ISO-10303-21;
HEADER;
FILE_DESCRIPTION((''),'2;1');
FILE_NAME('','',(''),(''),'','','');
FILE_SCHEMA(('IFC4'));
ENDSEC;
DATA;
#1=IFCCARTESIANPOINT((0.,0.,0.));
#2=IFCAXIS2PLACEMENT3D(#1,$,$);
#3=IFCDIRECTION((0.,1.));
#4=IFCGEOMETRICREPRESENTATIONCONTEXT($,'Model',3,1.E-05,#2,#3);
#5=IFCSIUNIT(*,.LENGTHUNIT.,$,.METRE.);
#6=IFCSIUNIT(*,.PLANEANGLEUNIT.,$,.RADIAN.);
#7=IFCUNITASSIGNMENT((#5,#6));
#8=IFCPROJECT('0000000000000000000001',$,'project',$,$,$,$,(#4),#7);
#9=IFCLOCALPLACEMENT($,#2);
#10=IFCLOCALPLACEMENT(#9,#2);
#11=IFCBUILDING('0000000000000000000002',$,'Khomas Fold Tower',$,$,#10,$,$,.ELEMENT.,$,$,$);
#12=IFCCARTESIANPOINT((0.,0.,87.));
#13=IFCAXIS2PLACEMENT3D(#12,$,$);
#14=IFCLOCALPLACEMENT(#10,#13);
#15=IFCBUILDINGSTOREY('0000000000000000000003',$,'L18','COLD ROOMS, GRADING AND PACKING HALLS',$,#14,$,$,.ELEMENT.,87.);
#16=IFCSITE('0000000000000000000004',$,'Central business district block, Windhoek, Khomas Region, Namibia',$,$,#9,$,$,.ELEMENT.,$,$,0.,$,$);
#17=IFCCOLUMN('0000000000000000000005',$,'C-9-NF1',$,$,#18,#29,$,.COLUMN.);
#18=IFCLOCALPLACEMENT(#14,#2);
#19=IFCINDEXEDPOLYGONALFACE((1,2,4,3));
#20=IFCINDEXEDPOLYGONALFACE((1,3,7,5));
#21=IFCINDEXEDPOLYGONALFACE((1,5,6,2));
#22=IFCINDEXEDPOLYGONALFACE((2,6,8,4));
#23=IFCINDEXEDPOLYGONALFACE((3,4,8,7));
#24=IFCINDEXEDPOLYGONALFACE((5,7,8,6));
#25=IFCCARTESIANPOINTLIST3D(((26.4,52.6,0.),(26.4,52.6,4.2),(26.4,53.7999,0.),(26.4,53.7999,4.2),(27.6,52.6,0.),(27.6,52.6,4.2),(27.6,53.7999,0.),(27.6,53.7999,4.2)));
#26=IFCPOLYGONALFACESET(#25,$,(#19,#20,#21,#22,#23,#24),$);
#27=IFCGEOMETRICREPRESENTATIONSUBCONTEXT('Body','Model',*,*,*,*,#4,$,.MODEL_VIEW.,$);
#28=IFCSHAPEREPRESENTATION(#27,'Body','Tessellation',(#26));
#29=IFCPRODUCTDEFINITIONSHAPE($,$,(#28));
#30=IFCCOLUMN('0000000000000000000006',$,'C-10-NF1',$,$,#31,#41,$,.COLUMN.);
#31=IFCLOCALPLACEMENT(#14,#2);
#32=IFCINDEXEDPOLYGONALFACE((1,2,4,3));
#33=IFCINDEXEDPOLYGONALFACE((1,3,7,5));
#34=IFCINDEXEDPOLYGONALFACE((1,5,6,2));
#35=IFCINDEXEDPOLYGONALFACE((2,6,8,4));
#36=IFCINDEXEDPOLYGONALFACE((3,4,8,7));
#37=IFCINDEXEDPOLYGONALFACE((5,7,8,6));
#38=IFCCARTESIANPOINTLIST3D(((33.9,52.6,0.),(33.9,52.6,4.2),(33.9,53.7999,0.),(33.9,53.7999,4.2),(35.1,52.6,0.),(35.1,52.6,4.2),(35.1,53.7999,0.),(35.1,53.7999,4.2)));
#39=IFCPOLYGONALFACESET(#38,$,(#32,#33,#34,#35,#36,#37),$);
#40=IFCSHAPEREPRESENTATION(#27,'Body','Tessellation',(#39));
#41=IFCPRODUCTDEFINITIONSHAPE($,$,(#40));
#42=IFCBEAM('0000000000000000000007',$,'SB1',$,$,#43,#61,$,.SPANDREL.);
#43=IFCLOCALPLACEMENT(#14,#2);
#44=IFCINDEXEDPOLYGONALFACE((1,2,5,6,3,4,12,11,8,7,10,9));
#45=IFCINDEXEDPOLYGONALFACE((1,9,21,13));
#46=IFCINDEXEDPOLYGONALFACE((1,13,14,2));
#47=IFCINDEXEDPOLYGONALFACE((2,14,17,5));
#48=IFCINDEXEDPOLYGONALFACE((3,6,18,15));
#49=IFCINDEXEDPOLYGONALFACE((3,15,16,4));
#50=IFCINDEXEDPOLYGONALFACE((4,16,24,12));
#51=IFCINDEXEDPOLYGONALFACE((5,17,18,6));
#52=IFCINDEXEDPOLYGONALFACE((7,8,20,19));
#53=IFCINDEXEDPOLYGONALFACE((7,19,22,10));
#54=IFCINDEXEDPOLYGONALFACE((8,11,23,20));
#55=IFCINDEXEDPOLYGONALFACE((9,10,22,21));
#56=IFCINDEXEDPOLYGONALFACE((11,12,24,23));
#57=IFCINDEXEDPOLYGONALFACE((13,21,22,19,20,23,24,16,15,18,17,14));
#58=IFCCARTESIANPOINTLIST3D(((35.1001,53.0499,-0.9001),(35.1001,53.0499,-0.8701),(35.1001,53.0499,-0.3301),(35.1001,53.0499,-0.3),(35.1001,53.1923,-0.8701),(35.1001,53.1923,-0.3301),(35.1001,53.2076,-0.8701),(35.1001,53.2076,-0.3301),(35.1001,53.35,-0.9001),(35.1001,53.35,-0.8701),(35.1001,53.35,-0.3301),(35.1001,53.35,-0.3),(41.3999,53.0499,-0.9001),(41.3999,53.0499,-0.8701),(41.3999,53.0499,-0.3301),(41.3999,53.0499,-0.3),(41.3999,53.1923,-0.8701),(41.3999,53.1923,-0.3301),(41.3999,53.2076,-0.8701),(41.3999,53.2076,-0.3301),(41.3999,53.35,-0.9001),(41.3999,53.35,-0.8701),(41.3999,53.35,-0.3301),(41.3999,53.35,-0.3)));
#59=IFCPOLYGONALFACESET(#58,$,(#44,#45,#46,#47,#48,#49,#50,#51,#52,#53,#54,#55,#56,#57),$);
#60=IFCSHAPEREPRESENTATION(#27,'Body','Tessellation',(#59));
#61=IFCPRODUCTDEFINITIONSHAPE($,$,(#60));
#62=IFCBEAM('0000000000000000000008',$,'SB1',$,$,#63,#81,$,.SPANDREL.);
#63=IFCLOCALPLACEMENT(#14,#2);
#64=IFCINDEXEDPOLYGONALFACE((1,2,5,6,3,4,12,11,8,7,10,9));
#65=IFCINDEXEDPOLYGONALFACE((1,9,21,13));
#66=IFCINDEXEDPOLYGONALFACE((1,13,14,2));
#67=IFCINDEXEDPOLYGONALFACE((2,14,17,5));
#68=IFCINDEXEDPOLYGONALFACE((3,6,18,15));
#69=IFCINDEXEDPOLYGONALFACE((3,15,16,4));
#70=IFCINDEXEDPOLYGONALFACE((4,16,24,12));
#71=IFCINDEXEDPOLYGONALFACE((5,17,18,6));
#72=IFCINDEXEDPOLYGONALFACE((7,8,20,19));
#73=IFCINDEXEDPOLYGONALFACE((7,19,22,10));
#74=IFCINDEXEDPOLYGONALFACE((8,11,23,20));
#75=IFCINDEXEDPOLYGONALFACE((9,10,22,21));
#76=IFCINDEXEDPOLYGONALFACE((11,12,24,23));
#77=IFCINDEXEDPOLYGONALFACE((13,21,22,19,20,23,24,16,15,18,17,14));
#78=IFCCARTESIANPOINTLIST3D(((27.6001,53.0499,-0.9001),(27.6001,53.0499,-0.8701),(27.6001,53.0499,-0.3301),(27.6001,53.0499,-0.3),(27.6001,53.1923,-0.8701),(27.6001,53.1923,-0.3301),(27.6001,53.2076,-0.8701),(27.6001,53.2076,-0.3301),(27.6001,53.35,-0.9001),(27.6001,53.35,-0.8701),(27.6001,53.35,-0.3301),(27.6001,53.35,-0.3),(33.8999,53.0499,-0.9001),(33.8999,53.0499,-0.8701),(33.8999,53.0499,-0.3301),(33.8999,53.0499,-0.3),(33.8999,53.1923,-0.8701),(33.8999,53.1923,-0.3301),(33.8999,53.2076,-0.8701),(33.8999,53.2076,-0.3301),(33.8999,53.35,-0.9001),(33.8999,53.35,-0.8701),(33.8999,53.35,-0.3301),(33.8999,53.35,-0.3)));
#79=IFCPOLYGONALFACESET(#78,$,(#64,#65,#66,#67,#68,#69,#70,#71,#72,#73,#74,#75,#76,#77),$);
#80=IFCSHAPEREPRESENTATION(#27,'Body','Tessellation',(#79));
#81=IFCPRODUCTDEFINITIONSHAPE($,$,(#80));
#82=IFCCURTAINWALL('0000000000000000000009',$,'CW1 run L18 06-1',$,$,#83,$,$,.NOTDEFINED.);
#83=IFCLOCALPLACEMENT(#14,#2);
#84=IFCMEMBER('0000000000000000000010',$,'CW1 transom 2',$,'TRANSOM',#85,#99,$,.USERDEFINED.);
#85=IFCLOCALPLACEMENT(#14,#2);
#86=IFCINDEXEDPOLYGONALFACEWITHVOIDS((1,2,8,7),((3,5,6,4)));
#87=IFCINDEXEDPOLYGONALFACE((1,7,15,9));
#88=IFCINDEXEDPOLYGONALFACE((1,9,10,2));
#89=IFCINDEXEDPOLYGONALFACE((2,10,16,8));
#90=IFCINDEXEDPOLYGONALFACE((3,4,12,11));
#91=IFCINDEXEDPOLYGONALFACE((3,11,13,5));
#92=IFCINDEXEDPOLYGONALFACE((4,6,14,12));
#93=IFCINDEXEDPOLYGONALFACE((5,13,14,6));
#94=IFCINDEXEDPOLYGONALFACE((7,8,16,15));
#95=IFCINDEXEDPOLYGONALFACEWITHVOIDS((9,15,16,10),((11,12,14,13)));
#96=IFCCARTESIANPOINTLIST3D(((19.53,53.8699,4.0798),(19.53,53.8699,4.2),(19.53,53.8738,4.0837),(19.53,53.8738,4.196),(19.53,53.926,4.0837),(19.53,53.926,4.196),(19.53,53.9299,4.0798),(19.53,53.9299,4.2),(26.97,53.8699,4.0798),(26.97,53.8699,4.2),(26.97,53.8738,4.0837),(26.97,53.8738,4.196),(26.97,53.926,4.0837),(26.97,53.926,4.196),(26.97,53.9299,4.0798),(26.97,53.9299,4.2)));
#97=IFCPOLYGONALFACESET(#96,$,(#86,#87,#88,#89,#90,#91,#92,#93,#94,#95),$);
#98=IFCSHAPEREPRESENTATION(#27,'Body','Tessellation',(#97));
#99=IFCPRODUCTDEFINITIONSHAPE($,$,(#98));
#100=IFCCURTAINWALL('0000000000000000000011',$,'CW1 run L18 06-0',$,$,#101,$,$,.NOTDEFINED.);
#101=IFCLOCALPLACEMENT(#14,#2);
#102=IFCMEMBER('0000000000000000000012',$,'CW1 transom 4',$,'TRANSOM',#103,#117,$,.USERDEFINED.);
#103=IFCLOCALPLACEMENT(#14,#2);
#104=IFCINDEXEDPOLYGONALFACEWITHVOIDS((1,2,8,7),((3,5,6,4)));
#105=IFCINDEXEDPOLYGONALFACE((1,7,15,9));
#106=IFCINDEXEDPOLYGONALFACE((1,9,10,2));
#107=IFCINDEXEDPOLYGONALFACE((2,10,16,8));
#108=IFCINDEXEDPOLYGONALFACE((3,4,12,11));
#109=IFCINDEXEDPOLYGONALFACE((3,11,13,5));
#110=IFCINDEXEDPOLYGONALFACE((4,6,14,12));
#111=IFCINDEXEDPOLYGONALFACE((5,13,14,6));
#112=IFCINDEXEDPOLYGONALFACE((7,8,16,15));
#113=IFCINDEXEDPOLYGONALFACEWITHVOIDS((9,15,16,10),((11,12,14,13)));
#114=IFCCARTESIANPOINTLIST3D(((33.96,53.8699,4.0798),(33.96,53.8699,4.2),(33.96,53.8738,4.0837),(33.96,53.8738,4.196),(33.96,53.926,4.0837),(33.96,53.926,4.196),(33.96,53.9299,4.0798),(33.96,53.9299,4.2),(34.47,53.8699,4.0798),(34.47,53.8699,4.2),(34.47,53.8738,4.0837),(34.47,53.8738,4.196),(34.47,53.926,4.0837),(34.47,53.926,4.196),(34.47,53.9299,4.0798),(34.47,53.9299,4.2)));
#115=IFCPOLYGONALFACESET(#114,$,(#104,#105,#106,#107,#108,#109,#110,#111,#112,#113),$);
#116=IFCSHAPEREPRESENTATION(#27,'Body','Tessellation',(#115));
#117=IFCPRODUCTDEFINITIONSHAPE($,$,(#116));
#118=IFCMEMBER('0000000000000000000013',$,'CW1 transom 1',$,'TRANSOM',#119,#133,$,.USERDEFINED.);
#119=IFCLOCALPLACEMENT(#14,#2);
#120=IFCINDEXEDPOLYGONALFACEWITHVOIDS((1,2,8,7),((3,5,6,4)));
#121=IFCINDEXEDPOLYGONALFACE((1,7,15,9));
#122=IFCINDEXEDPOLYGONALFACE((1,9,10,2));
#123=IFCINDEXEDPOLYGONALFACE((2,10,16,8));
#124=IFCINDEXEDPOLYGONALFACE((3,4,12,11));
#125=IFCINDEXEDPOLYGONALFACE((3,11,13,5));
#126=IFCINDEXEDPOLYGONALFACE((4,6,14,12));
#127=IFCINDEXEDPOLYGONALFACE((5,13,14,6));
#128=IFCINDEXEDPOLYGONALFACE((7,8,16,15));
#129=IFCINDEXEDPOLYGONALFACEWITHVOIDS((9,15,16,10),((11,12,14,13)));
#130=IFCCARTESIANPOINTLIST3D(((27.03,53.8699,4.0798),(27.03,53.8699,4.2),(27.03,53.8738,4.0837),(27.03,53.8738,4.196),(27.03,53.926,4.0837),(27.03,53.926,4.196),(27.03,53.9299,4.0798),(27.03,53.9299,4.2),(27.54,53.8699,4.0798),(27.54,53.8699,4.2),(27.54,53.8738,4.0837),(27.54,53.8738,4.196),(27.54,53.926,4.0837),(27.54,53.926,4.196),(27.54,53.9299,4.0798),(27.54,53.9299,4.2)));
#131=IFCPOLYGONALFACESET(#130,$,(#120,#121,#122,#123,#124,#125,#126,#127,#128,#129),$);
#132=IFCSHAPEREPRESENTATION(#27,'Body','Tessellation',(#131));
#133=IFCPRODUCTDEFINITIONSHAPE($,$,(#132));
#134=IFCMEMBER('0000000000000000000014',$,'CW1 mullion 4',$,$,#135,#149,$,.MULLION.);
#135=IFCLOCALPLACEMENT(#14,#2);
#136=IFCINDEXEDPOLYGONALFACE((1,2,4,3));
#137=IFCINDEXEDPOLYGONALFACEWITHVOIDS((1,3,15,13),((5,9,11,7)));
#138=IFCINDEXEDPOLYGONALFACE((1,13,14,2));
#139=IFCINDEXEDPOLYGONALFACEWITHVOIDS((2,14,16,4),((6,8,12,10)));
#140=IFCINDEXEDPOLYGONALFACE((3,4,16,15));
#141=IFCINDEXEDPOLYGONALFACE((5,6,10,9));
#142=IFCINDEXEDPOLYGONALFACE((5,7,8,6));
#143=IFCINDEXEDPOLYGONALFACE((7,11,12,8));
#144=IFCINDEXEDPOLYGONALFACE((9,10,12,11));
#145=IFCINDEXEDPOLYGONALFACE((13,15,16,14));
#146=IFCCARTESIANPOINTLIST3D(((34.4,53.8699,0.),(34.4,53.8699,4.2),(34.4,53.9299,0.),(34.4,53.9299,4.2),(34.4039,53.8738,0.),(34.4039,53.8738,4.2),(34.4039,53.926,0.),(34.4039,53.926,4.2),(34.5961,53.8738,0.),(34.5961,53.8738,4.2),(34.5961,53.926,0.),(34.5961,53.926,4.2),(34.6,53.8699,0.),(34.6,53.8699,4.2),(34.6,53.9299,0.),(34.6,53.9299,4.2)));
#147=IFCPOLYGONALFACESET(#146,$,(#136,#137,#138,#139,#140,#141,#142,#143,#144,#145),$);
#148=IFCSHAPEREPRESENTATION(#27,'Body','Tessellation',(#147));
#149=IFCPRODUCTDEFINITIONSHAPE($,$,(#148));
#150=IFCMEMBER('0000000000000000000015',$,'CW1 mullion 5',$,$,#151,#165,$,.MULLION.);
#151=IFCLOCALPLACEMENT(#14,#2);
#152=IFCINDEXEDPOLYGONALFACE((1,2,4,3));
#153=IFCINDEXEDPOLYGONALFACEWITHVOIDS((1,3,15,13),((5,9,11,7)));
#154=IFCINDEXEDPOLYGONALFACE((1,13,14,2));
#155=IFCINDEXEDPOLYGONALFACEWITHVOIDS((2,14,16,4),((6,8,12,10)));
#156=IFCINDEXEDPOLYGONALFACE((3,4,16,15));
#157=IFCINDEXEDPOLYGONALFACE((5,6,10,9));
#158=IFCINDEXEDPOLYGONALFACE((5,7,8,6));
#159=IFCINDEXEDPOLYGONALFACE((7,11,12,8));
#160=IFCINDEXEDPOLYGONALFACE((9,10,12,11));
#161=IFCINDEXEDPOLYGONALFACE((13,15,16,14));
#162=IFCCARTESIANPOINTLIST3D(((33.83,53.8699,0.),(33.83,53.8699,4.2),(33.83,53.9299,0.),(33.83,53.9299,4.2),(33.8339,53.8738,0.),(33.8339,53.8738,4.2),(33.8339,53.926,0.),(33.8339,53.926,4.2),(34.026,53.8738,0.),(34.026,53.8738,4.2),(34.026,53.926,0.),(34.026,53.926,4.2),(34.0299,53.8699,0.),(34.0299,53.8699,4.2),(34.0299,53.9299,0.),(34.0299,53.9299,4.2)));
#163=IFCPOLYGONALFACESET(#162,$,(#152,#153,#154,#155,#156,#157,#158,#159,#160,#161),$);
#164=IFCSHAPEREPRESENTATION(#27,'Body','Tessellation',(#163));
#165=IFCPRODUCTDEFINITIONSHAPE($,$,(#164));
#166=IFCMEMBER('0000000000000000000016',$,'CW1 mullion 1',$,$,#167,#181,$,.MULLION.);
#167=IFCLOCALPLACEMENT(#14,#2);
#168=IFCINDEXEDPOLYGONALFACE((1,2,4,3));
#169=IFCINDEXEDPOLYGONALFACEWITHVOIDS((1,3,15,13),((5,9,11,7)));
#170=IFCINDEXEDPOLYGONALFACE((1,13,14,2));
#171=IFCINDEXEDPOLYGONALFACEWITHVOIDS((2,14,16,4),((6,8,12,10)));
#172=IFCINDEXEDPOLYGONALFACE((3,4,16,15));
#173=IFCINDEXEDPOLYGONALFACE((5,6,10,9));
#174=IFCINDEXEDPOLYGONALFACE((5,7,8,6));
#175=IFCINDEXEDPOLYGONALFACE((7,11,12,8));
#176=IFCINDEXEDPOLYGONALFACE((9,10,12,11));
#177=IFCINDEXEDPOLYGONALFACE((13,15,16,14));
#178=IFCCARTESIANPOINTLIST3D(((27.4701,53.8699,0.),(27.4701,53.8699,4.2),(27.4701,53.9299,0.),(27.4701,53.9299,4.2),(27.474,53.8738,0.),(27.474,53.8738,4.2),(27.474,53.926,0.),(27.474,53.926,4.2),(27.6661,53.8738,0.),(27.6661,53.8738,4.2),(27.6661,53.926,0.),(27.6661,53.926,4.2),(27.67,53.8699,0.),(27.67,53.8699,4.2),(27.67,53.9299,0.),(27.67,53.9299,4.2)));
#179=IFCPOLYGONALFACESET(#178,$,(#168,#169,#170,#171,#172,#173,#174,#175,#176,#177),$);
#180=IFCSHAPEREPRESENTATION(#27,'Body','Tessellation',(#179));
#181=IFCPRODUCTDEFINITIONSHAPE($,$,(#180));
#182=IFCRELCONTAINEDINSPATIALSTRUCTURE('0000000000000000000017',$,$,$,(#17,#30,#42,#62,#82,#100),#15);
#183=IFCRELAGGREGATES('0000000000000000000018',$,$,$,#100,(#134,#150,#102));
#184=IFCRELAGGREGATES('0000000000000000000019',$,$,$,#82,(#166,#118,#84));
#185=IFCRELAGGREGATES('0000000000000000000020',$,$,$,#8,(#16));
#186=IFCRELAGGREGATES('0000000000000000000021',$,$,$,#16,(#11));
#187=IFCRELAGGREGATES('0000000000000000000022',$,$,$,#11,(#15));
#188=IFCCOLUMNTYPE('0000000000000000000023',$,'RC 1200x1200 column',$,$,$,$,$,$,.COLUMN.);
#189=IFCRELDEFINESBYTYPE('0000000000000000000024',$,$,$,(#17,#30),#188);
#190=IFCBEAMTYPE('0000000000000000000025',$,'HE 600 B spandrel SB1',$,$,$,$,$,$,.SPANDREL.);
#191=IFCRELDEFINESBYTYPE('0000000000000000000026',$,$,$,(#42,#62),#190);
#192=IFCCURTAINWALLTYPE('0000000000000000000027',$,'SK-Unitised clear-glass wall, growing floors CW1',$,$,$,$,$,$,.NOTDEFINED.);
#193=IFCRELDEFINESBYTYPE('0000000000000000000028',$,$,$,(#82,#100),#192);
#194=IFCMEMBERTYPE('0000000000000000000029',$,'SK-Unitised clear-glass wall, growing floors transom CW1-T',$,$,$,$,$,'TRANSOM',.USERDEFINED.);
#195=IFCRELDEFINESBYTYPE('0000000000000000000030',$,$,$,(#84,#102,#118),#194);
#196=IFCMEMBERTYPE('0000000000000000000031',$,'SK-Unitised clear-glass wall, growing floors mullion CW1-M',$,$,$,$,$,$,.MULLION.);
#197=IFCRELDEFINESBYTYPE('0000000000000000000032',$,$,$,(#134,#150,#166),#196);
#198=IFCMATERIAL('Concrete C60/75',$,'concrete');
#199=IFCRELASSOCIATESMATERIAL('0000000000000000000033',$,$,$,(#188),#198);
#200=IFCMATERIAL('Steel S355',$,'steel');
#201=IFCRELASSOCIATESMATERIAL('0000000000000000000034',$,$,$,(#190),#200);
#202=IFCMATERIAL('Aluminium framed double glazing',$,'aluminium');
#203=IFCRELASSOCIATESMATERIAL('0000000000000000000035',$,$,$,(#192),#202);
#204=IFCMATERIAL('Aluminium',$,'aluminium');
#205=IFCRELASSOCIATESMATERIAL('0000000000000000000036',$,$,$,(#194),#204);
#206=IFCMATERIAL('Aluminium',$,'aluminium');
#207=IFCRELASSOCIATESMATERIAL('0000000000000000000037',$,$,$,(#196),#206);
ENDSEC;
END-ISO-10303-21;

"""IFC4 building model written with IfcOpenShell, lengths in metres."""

from ifc_helpers import new_model, si_unit, direction, frame, origin, origin_2d, place, context, subcontext, project, spatial, rectangle, hollow_rectangle, i_section, extrude, source, transform, mapped, material, material_profile, profile_set, type_object, element, aggregate, save


model = new_model("IFC4")

# Units and contexts
model_context = context("Model", 3, precision=1e-05, world=origin(), true_north=direction((0.0, 1.0)))
body_context = subcontext(model_context, "Body", "Model", "MODEL_VIEW")
ifc_project = project(units=[si_unit("LENGTHUNIT", "METRE"), si_unit("PLANEANGLEUNIT", "RADIAN")], contexts=[model_context])

# Site, building, storey
site_placement = place(None, origin())
site = spatial("IfcSite", under=ifc_project, at=site_placement, Name="Central business district block, Windhoek, Khomas Region, Namibia", CompositionType="ELEMENT", RefElevation=0.0)
building_placement = place(site_placement, origin())
building = spatial("IfcBuilding", under=site, at=building_placement, Name="Khomas Fold Tower", CompositionType="ELEMENT")
storey_placement = place(building_placement, frame((0.0, 0.0, 87.0)))
storey = spatial("IfcBuildingStorey", under=building, at=storey_placement, Name="L18", Description="COLD ROOMS, GRADING AND PACKING HALLS", CompositionType="ELEMENT", Elevation=87.0)

# Columns
ifc_material_1 = material(Name="Concrete C60/75", Category="concrete")
ifc_material_profile_1 = material_profile(ifc_material_1, rectangle(XDim=1.2, YDim=1.2, at=origin_2d()), Name="RC 1200x1200")
ifc_profile_set_1 = profile_set([ifc_material_profile_1], Name="Concrete C60/75")
column_type = type_object("IfcColumnType", Name="RC 1200x1200 column", PredefinedType="COLUMN", material=ifc_profile_set_1)
shared_shape_1 = source(origin(), body_context, "Body", "SweptSolid", [
    extrude(rectangle(XDim=1.2, YDim=1.2, at=origin_2d()), origin(), (0.0, 0.0, 1.0), 4.2),
])
for number, where, z_axis, x_axis, name in (
    (1, (27.0, 53.2, 0.0), (0.0, 0.0, 1.0), (1.0, 0.0, 0.0), "C-9-NF1"),
    (2, (34.5, 53.2, 0.0), (0.0, 0.0, 1.0), (1.0, 0.0, 0.0), "C-10-NF1"),
):
    element("IfcColumn", number, at=place(storey_placement, frame(where, z_axis=z_axis, x_axis=x_axis)), inside=storey, type_object=column_type, Name=name, PredefinedType="COLUMN", context=body_context, shape_type="MappedRepresentation", body=[
        mapped(shared_shape_1, transform((0.0, 0.0, 0.0))),
    ])

# Beams
ifc_material_2 = material(Name="Steel S355", Category="steel")
ifc_material_profile_2 = material_profile(ifc_material_2, i_section(OverallWidth=0.3, OverallDepth=0.6001, WebThickness=0.0154, FlangeThickness=0.03, at=origin_2d()), Name="HE 600 B")
ifc_profile_set_2 = profile_set([ifc_material_profile_2], Name="Steel S355")
beam_type = type_object("IfcBeamType", Name="HE 600 B spandrel SB1", PredefinedType="SPANDREL", material=ifc_profile_set_2)
shared_shape_2 = source(origin(), body_context, "Body", "SweptSolid", [
    extrude(i_section(OverallWidth=0.3, OverallDepth=0.6001, WebThickness=0.0154, FlangeThickness=0.03, at=origin_2d()), origin(), (0.0, 0.0, 1.0), 6.2998),
])
for number, where, z_axis, x_axis, name in (
    (3, (35.1001, 53.2, -0.6001), (1.0, 0.0, 0.0), (0.0, 1.0, 0.0), "SB1"),
    (4, (27.6001, 53.2, -0.6001), (1.0, 0.0, 0.0), (0.0, 1.0, 0.0), "SB1"),
):
    element("IfcBeam", number, at=place(storey_placement, frame(where, z_axis=z_axis, x_axis=x_axis)), inside=storey, type_object=beam_type, Name=name, PredefinedType="SPANDREL", context=body_context, shape_type="MappedRepresentation", body=[
        mapped(shared_shape_2, transform((0.0, 0.0, 0.0))),
    ])

# Curtain walls, members
ifc_material_3 = material(Name="Aluminium framed double glazing", Category="aluminium")
curtain_wall_type = type_object("IfcCurtainWallType", Name="SK-Unitised clear-glass wall, growing floors CW1", PredefinedType="NOTDEFINED", material=ifc_material_3)
curtain_wall_1_placement = place(storey_placement, origin())
curtain_wall_1 = element("IfcCurtainWall", 5, at=curtain_wall_1_placement, inside=storey, type_object=curtain_wall_type, Name="CW1 run L18 06-1", PredefinedType="NOTDEFINED")
ifc_material_4 = material(Name="Aluminium", Category="aluminium")
ifc_material_profile_3 = material_profile(ifc_material_4, hollow_rectangle(XDim=0.0601, YDim=0.1201, WallThickness=0.0039, at=origin_2d()), Name="SK-Unitised clear-glass wall, growing floors transom CW1-T")
ifc_profile_set_3 = profile_set([ifc_material_profile_3], Name="Aluminium")
member_type_1 = type_object("IfcMemberType", Name="SK-Unitised clear-glass wall, growing floors transom CW1-T", ElementType="TRANSOM", PredefinedType="USERDEFINED", material=ifc_profile_set_3)
shared_shape_3 = source(origin(), body_context, "Body", "SweptSolid", [
    extrude(hollow_rectangle(XDim=0.0601, YDim=0.1201, WallThickness=0.0039, at=origin_2d()), origin(), (0.0, 0.0, 1.0), 7.4399),
])
member_1_placement = place(storey_placement, frame((26.97, 53.8999, 4.1399), z_axis=(-1.0, 0.0, 0.0), x_axis=(0.0, -1.0, 0.0)))
member_1 = element("IfcMember", 6, at=member_1_placement, type_object=member_type_1, Name="CW1 transom 2", ObjectType="TRANSOM", PredefinedType="USERDEFINED", context=body_context, shape_type="MappedRepresentation", body=[
    mapped(shared_shape_3, transform((0.0, 0.0, 0.0))),
])
curtain_wall_2_placement = place(storey_placement, origin())
curtain_wall_2 = element("IfcCurtainWall", 7, at=curtain_wall_2_placement, inside=storey, type_object=curtain_wall_type, Name="CW1 run L18 06-0", PredefinedType="NOTDEFINED")
shared_shape_4 = source(origin(), body_context, "Body", "SweptSolid", [
    extrude(hollow_rectangle(XDim=0.0601, YDim=0.1201, WallThickness=0.0039, at=origin_2d()), origin(), (0.0, 0.0, 1.0), 0.51),
])
member_2_placement = place(storey_placement, frame((34.47, 53.8999, 4.1399), z_axis=(-1.0, 0.0, 0.0), x_axis=(0.0, -1.0, 0.0)))
member_2 = element("IfcMember", 8, at=member_2_placement, type_object=member_type_1, Name="CW1 transom 4", ObjectType="TRANSOM", PredefinedType="USERDEFINED", context=body_context, shape_type="MappedRepresentation", body=[
    mapped(shared_shape_4, transform((0.0, 0.0, 0.0))),
])

# Members
member_3_placement = place(storey_placement, frame((27.54, 53.8999, 4.1399), z_axis=(-1.0, 0.0, 0.0), x_axis=(0.0, -1.0, 0.0)))
member_3 = element("IfcMember", 9, at=member_3_placement, type_object=member_type_1, Name="CW1 transom 1", ObjectType="TRANSOM", PredefinedType="USERDEFINED", context=body_context, shape_type="MappedRepresentation", body=[
    mapped(shared_shape_4, transform((0.0, 0.0, 0.0))),
])
ifc_material_5 = material(Name="Aluminium", Category="aluminium")
ifc_material_profile_4 = material_profile(ifc_material_5, hollow_rectangle(XDim=0.0601, YDim=0.2, WallThickness=0.0039, at=origin_2d()), Name="SK-Unitised clear-glass wall, growing floors mullion CW1-M")
ifc_profile_set_4 = profile_set([ifc_material_profile_4], Name="Aluminium")
member_type_2 = type_object("IfcMemberType", Name="SK-Unitised clear-glass wall, growing floors mullion CW1-M", PredefinedType="MULLION", material=ifc_profile_set_4)
shared_shape_5 = source(origin(), body_context, "Body", "SweptSolid", [
    extrude(hollow_rectangle(XDim=0.0601, YDim=0.2, WallThickness=0.0039, at=origin_2d()), origin(), (0.0, 0.0, 1.0), 4.2),
])
member_4_placement = place(storey_placement, frame((34.5, 53.8999, 0.0), z_axis=(0.0, 0.0, 1.0), x_axis=(0.0, -1.0, 0.0)))
member_4 = element("IfcMember", 10, at=member_4_placement, type_object=member_type_2, Name="CW1 mullion 4", PredefinedType="MULLION", context=body_context, shape_type="MappedRepresentation", body=[
    mapped(shared_shape_5, transform((0.0, 0.0, 0.0))),
])
member_5_placement = place(storey_placement, frame((33.9299, 53.8999, 0.0), z_axis=(0.0, 0.0, 1.0), x_axis=(0.0, -1.0, 0.0)))
member_5 = element("IfcMember", 11, at=member_5_placement, type_object=member_type_2, Name="CW1 mullion 5", PredefinedType="MULLION", context=body_context, shape_type="MappedRepresentation", body=[
    mapped(shared_shape_5, transform((0.0, 0.0, 0.0))),
])
member_6_placement = place(storey_placement, frame((27.5701, 53.8999, 0.0), z_axis=(0.0, 0.0, 1.0), x_axis=(0.0, -1.0, 0.0)))
member_6 = element("IfcMember", 12, at=member_6_placement, type_object=member_type_2, Name="CW1 mullion 1", PredefinedType="MULLION", context=body_context, shape_type="MappedRepresentation", body=[
    mapped(shared_shape_5, transform((0.0, 0.0, 0.0))),
])

aggregate(curtain_wall_2, [member_4, member_5, member_2])
aggregate(curtain_wall_1, [member_6, member_3, member_1])

save(model, "model.ifc")
